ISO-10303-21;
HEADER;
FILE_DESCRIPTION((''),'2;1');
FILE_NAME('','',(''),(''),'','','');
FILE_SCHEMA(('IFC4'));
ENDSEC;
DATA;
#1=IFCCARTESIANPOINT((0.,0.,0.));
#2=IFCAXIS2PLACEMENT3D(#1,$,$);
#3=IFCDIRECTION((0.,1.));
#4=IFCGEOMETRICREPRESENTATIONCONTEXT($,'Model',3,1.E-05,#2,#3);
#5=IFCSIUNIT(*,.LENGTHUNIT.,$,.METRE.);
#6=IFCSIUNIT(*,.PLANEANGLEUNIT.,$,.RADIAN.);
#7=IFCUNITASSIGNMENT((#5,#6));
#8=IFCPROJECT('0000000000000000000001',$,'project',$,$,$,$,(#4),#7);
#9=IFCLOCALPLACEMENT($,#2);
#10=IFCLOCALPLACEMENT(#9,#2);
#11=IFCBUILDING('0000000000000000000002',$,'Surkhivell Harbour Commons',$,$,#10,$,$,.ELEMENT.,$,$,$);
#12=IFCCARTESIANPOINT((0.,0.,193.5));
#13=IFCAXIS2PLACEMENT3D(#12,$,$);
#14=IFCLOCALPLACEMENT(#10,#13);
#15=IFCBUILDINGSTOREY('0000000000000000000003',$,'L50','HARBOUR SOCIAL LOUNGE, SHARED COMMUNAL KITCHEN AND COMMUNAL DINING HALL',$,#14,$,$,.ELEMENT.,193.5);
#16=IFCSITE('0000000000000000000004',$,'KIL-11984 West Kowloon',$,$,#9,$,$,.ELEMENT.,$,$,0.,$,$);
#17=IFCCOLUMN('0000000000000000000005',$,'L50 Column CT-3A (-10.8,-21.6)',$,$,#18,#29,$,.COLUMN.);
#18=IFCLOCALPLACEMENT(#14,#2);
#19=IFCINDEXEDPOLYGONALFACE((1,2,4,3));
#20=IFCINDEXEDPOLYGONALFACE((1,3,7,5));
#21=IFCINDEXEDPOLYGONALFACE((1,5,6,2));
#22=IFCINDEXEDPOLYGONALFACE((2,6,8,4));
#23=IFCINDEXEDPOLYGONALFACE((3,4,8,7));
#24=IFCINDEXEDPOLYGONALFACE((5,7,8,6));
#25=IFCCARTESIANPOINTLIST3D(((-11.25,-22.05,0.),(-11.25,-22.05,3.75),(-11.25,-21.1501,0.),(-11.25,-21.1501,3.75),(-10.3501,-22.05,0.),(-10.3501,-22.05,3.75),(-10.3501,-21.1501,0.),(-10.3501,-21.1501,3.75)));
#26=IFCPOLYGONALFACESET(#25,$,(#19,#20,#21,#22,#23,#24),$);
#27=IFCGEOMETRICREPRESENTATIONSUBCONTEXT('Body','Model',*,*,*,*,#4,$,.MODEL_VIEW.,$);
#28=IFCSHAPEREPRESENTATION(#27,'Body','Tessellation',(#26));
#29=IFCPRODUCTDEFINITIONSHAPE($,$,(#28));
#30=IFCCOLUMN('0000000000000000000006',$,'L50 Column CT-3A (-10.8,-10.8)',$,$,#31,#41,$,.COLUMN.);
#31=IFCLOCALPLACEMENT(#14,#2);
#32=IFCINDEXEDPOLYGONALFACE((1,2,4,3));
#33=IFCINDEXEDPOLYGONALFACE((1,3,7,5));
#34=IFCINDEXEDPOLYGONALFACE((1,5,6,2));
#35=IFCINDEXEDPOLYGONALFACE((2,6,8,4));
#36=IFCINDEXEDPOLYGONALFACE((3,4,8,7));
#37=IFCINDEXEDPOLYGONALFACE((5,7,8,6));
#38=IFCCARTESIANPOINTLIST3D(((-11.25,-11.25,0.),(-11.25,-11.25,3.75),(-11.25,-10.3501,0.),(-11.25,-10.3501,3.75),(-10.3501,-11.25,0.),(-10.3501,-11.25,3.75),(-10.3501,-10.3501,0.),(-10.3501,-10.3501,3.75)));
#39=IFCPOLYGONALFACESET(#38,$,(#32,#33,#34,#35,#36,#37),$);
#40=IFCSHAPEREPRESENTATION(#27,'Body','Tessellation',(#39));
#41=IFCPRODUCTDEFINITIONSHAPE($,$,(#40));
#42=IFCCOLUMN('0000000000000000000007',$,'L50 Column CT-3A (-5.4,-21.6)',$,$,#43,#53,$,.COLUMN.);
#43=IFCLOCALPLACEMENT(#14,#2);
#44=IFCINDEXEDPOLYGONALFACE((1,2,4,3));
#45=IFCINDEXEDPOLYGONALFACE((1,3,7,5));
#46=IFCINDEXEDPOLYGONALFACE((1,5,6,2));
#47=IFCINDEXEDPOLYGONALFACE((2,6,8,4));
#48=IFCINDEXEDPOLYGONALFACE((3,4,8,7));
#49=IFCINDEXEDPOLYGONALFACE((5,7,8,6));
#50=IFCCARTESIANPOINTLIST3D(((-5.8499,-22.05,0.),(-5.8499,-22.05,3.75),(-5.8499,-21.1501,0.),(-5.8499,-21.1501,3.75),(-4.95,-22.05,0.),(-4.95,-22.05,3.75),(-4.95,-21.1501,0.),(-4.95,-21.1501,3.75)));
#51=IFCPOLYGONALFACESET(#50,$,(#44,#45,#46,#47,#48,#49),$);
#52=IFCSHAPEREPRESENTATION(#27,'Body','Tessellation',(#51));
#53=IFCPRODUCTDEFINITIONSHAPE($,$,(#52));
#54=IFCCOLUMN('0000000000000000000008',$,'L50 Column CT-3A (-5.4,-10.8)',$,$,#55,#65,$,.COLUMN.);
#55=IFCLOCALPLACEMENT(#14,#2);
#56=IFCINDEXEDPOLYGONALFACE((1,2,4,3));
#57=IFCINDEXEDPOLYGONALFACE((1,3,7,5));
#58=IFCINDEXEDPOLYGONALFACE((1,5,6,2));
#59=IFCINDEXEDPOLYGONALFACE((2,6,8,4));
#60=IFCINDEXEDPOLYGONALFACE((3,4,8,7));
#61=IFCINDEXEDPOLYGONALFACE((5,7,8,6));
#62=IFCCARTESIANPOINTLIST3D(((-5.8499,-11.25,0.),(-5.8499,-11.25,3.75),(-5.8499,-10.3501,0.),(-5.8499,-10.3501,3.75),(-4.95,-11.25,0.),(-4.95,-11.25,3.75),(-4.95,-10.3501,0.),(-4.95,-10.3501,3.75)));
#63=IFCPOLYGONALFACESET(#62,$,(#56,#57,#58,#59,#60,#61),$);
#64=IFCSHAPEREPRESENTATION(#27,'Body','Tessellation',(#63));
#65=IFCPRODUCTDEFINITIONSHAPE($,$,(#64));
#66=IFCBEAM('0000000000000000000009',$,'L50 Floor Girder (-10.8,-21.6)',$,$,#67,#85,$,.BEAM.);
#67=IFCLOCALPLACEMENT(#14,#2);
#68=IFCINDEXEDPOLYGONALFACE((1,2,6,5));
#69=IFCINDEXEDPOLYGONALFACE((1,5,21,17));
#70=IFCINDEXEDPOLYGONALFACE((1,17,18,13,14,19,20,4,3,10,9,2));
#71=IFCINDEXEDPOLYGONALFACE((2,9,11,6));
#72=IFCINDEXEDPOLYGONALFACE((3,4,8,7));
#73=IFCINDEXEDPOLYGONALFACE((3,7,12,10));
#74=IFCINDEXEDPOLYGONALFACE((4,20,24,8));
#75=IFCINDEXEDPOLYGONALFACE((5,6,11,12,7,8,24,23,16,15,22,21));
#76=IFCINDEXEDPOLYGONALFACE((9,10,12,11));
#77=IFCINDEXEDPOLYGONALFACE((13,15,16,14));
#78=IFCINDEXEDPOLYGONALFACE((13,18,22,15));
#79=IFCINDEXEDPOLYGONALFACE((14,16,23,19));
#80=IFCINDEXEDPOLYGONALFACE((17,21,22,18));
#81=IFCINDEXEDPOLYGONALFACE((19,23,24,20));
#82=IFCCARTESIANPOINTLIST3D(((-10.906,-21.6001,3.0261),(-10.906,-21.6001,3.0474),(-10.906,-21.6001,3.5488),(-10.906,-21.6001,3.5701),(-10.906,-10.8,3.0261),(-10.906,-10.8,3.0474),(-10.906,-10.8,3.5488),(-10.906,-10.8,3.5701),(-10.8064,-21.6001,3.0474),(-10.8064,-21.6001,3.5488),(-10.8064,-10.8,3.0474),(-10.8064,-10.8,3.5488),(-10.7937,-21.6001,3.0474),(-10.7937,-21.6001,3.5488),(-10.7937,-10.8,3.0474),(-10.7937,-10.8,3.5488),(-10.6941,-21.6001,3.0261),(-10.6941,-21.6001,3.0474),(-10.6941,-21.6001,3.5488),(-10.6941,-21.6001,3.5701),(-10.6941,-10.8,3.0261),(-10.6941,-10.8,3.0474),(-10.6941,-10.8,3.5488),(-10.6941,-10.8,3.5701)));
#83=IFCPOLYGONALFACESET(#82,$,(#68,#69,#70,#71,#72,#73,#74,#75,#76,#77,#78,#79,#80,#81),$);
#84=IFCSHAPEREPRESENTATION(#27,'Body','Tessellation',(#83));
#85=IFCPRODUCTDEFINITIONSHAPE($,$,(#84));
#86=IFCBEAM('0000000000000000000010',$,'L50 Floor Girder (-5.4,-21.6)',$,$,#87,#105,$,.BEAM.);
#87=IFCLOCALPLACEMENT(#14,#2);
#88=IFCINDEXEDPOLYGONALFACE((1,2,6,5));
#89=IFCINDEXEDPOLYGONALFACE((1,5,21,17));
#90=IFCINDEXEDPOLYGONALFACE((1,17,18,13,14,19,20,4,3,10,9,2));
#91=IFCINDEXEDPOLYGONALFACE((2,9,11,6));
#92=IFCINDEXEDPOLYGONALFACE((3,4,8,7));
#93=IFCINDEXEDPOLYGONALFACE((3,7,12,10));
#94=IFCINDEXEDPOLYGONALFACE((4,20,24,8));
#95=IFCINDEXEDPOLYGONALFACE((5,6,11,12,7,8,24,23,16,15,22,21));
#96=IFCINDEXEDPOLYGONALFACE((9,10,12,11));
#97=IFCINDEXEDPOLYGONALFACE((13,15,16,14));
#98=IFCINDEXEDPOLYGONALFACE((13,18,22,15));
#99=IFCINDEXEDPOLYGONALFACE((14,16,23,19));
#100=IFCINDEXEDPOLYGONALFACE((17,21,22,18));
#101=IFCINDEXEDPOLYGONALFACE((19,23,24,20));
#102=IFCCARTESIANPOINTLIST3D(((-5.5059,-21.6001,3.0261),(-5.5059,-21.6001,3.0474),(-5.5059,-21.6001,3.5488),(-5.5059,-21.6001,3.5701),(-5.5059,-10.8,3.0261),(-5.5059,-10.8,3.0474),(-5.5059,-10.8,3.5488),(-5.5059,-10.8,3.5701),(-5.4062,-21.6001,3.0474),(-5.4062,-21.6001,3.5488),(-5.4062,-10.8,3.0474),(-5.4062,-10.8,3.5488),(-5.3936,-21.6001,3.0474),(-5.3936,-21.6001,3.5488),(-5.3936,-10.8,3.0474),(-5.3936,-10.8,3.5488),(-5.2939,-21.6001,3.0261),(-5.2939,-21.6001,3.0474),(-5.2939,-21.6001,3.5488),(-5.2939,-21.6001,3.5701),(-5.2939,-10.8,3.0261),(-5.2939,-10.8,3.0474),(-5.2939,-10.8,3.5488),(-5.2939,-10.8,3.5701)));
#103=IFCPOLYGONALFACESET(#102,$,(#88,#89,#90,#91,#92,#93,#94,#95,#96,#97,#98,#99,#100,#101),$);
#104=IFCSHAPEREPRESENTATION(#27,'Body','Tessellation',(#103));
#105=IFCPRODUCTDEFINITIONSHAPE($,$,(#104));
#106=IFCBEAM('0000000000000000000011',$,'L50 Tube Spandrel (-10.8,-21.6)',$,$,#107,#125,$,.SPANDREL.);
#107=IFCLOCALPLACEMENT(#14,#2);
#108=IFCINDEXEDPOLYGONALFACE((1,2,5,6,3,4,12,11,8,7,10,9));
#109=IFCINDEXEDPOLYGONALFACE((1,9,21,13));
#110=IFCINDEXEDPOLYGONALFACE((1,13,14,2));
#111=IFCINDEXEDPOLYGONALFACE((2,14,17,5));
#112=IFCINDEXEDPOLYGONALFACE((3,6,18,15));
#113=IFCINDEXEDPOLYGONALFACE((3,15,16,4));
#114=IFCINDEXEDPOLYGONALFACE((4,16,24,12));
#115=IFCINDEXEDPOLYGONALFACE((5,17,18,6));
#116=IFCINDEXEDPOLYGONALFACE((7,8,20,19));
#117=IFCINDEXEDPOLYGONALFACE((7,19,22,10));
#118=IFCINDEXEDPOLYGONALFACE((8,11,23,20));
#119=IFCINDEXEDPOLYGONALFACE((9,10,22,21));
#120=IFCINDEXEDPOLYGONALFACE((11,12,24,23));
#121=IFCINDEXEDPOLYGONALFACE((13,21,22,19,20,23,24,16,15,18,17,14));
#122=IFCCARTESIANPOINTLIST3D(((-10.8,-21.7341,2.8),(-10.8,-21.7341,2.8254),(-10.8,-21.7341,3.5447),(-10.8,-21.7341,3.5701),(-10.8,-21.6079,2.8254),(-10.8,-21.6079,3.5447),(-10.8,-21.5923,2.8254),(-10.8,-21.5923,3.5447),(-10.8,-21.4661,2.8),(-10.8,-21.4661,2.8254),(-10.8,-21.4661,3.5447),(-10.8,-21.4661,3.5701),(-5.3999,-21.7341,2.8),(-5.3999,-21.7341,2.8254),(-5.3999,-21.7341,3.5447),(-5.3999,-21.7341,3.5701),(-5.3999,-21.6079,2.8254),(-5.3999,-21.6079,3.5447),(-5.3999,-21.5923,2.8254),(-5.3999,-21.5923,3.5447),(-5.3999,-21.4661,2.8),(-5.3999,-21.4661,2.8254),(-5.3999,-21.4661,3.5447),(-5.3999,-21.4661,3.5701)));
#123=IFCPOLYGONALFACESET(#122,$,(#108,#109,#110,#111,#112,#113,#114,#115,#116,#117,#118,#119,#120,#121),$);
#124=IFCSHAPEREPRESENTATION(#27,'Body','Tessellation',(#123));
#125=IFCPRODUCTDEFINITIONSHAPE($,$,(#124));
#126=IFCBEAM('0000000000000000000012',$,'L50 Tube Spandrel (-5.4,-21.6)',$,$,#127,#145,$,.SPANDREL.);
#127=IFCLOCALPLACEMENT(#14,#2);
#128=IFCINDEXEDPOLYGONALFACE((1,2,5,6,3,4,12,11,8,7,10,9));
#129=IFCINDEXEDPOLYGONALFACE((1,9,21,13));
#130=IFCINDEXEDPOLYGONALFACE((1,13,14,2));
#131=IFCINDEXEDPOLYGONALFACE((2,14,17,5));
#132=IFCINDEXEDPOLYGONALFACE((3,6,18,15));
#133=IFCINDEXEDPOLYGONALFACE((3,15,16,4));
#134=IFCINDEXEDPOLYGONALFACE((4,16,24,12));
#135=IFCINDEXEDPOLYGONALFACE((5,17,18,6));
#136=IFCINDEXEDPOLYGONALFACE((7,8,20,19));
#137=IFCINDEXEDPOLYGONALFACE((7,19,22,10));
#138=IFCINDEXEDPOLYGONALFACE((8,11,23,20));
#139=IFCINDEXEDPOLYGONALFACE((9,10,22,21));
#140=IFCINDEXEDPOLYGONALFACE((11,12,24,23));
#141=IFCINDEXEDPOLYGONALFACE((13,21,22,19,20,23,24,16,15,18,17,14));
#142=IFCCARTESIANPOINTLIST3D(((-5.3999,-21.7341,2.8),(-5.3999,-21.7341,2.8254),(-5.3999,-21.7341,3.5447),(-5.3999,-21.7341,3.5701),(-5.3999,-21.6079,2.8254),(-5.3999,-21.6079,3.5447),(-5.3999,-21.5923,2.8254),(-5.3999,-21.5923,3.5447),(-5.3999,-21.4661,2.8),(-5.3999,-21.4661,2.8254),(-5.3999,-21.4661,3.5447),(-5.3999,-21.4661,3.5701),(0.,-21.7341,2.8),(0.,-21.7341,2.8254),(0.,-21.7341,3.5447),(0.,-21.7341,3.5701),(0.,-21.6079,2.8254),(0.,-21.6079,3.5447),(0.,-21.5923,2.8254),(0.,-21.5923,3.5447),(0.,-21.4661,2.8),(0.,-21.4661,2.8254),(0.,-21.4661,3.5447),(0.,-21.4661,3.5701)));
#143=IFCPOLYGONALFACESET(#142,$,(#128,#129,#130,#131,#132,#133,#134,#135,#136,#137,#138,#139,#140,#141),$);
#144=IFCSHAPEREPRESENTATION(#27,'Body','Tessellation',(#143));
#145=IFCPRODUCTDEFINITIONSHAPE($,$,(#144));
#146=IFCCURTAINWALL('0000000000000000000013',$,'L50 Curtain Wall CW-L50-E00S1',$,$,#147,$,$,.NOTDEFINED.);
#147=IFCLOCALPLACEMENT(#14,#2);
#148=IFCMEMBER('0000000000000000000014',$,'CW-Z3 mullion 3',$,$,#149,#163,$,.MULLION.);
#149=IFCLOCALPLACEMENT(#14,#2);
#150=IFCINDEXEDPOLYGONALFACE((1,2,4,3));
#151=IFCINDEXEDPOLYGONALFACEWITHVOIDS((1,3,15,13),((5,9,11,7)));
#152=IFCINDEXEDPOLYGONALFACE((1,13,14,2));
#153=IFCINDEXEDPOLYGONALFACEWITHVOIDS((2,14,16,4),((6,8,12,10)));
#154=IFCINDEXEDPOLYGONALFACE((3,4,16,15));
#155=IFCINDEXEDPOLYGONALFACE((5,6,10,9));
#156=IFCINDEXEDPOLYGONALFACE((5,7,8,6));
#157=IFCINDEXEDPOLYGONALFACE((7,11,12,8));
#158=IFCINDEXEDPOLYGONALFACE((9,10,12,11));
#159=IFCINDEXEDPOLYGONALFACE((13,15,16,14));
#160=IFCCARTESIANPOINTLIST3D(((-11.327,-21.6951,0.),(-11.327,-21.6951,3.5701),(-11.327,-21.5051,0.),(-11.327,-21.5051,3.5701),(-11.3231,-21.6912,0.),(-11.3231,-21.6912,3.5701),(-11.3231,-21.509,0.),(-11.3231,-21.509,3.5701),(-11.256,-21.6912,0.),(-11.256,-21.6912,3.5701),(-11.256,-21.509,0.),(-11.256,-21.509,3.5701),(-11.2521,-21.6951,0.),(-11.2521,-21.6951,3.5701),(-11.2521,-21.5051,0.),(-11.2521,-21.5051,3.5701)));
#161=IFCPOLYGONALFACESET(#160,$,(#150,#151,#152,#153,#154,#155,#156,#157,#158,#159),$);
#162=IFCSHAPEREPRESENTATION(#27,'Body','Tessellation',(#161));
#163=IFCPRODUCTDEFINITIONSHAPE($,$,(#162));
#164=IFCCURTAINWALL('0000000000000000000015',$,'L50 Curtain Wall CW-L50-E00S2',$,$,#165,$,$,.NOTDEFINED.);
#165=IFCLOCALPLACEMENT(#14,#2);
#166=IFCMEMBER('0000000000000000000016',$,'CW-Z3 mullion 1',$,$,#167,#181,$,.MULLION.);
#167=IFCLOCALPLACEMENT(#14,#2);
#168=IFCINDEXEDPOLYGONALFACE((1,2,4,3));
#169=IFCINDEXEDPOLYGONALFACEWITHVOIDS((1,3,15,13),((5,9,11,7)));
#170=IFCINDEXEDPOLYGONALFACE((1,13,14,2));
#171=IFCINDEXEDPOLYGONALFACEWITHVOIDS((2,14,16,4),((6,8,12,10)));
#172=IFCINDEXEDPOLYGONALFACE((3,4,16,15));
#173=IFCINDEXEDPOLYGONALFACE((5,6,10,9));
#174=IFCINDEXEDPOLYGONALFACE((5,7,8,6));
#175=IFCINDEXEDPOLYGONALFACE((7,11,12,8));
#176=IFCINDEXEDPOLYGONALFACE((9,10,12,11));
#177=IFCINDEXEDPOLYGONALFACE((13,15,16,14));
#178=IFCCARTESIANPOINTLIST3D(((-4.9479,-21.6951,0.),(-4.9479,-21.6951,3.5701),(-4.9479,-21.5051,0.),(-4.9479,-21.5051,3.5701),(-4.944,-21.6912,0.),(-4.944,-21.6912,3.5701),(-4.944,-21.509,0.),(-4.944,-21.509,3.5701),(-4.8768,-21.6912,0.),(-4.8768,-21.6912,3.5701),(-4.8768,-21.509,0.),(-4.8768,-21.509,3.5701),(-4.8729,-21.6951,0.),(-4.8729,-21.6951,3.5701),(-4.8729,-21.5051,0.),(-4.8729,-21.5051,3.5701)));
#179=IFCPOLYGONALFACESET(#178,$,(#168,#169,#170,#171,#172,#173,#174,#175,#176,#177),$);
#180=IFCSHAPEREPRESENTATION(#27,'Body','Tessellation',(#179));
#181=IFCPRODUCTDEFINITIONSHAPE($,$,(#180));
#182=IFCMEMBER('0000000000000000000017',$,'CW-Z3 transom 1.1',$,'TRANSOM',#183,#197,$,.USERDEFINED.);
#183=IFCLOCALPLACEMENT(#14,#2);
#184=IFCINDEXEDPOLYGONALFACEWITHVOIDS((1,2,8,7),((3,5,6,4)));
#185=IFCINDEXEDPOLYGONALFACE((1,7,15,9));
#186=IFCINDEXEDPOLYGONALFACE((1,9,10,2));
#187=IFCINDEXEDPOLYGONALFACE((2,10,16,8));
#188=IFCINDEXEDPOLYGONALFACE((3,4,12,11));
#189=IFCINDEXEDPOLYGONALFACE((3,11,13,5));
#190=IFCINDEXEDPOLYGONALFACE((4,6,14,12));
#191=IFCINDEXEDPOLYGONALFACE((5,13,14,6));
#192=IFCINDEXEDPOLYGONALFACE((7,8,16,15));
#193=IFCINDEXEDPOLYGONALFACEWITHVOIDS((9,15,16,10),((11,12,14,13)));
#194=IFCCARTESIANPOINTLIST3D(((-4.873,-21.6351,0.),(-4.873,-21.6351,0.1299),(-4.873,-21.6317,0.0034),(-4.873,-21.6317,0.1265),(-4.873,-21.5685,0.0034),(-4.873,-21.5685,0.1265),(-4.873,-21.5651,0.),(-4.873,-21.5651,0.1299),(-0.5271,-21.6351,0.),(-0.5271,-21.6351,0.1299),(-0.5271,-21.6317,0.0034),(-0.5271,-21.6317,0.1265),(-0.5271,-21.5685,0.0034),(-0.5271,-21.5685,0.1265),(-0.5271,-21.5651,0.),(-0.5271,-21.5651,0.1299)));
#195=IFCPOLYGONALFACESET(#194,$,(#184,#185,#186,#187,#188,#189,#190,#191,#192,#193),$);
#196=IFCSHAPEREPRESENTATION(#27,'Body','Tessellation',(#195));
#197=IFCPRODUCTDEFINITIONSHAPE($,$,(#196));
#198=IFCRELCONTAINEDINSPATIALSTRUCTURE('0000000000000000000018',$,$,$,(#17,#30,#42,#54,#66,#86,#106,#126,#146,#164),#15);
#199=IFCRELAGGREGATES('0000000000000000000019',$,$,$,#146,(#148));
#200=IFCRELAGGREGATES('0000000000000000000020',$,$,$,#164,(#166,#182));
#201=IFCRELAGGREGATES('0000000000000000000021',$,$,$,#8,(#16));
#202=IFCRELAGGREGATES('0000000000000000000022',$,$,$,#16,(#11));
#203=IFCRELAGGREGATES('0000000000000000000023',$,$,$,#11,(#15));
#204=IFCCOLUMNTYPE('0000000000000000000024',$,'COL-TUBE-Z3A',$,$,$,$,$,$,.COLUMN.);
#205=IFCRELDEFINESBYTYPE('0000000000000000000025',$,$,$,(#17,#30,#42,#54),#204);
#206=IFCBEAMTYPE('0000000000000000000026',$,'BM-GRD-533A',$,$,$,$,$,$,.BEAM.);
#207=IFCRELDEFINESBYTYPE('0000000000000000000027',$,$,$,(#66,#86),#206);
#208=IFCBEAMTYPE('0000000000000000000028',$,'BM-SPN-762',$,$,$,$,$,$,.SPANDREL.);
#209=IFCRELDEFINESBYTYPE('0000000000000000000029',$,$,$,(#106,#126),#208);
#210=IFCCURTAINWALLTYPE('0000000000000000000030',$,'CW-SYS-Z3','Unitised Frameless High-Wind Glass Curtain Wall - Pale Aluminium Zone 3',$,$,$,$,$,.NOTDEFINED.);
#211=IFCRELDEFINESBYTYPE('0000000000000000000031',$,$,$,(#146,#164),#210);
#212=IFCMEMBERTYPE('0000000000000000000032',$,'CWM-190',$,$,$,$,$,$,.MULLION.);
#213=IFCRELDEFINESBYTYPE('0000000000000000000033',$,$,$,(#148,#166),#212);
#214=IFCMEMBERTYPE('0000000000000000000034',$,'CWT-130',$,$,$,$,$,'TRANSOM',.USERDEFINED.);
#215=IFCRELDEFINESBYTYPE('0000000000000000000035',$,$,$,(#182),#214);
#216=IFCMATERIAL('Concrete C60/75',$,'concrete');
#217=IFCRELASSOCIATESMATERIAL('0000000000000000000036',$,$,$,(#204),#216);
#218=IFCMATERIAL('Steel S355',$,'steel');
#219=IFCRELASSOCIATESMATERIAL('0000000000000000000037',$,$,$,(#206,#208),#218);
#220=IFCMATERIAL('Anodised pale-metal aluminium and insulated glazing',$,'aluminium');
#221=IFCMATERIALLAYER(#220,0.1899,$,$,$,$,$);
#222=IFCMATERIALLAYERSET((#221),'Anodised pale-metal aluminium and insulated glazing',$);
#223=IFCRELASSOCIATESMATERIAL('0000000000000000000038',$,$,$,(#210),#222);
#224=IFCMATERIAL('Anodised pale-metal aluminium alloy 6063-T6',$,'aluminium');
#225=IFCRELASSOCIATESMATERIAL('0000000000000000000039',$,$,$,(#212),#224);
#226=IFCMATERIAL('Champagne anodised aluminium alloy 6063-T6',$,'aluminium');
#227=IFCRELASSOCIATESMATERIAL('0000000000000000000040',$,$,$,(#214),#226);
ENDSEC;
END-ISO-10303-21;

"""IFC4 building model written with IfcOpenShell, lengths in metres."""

from ifc_helpers import new_model, si_unit, direction, frame, origin, origin_2d, place, context, subcontext, project, spatial, rectangle, hollow_rectangle, i_section, extrude, material, layer, layer_set, material_profile, profile_set, type_object, element, aggregate, save


model = new_model("IFC4")

# Units and contexts
model_context = context("Model", 3, precision=1e-05, world=origin(), true_north=direction((0.0, 1.0)))
body_context = subcontext(model_context, "Body", "Model", "MODEL_VIEW")
ifc_project = project(units=[si_unit("LENGTHUNIT", "METRE"), si_unit("PLANEANGLEUNIT", "RADIAN")], contexts=[model_context])

# Site, building, storey
site_placement = place(None, origin())
site = spatial("IfcSite", under=ifc_project, at=site_placement, Name="KIL-11984 West Kowloon", CompositionType="ELEMENT", RefElevation=0.0)
building_placement = place(site_placement, origin())
building = spatial("IfcBuilding", under=site, at=building_placement, Name="Surkhivell Harbour Commons", CompositionType="ELEMENT")
storey_placement = place(building_placement, frame((0.0, 0.0, 193.5)))
storey = spatial("IfcBuildingStorey", under=building, at=storey_placement, Name="L50", Description="HARBOUR SOCIAL LOUNGE, SHARED COMMUNAL KITCHEN AND COMMUNAL DINING HALL", CompositionType="ELEMENT", Elevation=193.5)

# Columns
ifc_material_1 = material(Name="Concrete C60/75", Category="concrete")
ifc_material_profile_1 = material_profile(ifc_material_1, rectangle(XDim=0.8999, YDim=0.8999, at=origin_2d()), Name="RC-COL-900x900")
ifc_profile_set_1 = profile_set([ifc_material_profile_1], Name="Concrete C60/75")
column_type = type_object("IfcColumnType", Name="COL-TUBE-Z3A", PredefinedType="COLUMN", material=ifc_profile_set_1)
for number, where, z_axis, x_axis, name in (
    (1, (-10.8, -21.6001, 0.0), (0.0, 0.0, 1.0), (1.0, 0.0, 0.0), "L50 Column CT-3A (-10.8,-21.6)"),
    (2, (-10.8, -10.8, 0.0), (0.0, 0.0, 1.0), (1.0, 0.0, 0.0), "L50 Column CT-3A (-10.8,-10.8)"),
    (3, (-5.3999, -21.6001, 0.0), (0.0, 0.0, 1.0), (1.0, 0.0, 0.0), "L50 Column CT-3A (-5.4,-21.6)"),
    (4, (-5.3999, -10.8, 0.0), (0.0, 0.0, 1.0), (1.0, 0.0, 0.0), "L50 Column CT-3A (-5.4,-10.8)"),
):
    element("IfcColumn", number, at=place(storey_placement, frame(where, z_axis=z_axis, x_axis=x_axis)), inside=storey, type_object=column_type, Name=name, PredefinedType="COLUMN", context=body_context, shape_type="SweptSolid", body=[
        extrude(rectangle(XDim=0.8999, YDim=0.8999, at=origin_2d()), origin(), (0.0, 0.0, 1.0), 3.75),
    ])

# Beams
ifc_material_2 = material(Name="Steel S355", Category="steel")
ifc_material_profile_2 = material_profile(ifc_material_2, i_section(OverallWidth=0.2119, OverallDepth=0.5439, WebThickness=0.0127, FlangeThickness=0.0212, at=origin_2d()), Name="UB533x210x122")
ifc_profile_set_2 = profile_set([ifc_material_profile_2], Name="Steel S355")
beam_type_1 = type_object("IfcBeamType", Name="BM-GRD-533A", PredefinedType="BEAM", material=ifc_profile_set_2)
for number, where, z_axis, x_axis, name in (
    (5, (-10.8, -21.6001, 3.2981), (0.0, 1.0, 0.0), (-1.0, 0.0, 0.0), "L50 Floor Girder (-10.8,-21.6)"),
    (6, (-5.3999, -21.6001, 3.2981), (0.0, 1.0, 0.0), (-1.0, 0.0, 0.0), "L50 Floor Girder (-5.4,-21.6)"),
):
    element("IfcBeam", number, at=place(storey_placement, frame(where, z_axis=z_axis, x_axis=x_axis)), inside=storey, type_object=beam_type_1, Name=name, PredefinedType="BEAM", context=body_context, shape_type="SweptSolid", body=[
        extrude(i_section(OverallWidth=0.2119, OverallDepth=0.5439, WebThickness=0.0127, FlangeThickness=0.0212, at=origin_2d()), origin(), (0.0, 0.0, 1.0), 10.8),
    ])
ifc_material_profile_3 = material_profile(ifc_material_2, i_section(OverallWidth=0.2681, OverallDepth=0.77, WebThickness=0.0156, FlangeThickness=0.0254, at=origin_2d()), Name="UB762x267x197")
ifc_profile_set_3 = profile_set([ifc_material_profile_3], Name="Steel S355")
beam_type_2 = type_object("IfcBeamType", Name="BM-SPN-762", PredefinedType="SPANDREL", material=ifc_profile_set_3)
beam_1_placement = place(storey_placement, frame((-10.8, -21.6001, 3.1851), z_axis=(1.0, 0.0, 0.0), x_axis=(0.0, 1.0, 0.0)))
element("IfcBeam", 7, at=beam_1_placement, inside=storey, type_object=beam_type_2, Name="L50 Tube Spandrel (-10.8,-21.6)", PredefinedType="SPANDREL", context=body_context, shape_type="SweptSolid", body=[
    extrude(i_section(OverallWidth=0.2681, OverallDepth=0.77, WebThickness=0.0156, FlangeThickness=0.0254, at=origin_2d()), origin(), (0.0, 0.0, 1.0), 5.4001),
])
beam_2_placement = place(storey_placement, frame((-5.3999, -21.6001, 3.1851), z_axis=(1.0, 0.0, 0.0), x_axis=(0.0, 1.0, 0.0)))
element("IfcBeam", 8, at=beam_2_placement, inside=storey, type_object=beam_type_2, Name="L50 Tube Spandrel (-5.4,-21.6)", PredefinedType="SPANDREL", context=body_context, shape_type="SweptSolid", body=[
    extrude(i_section(OverallWidth=0.2681, OverallDepth=0.77, WebThickness=0.0156, FlangeThickness=0.0254, at=origin_2d()), origin(), (0.0, 0.0, 1.0), 5.3999),
])

# Curtain wall, member
ifc_material_3 = material(Name="Anodised pale-metal aluminium and insulated glazing", Category="aluminium")
ifc_layer_1 = layer(ifc_material_3, 0.1899)
ifc_layer_set_1 = layer_set([ifc_layer_1], Name="Anodised pale-metal aluminium and insulated glazing")
curtain_wall_type = type_object("IfcCurtainWallType", Name="CW-SYS-Z3", Description="Unitised Frameless High-Wind Glass Curtain Wall - Pale Aluminium Zone 3", PredefinedType="NOTDEFINED", material=ifc_layer_set_1)
curtain_wall_1_placement = place(storey_placement, origin())
curtain_wall_1 = element("IfcCurtainWall", 9, at=curtain_wall_1_placement, inside=storey, type_object=curtain_wall_type, Name="L50 Curtain Wall CW-L50-E00S1", PredefinedType="NOTDEFINED")
ifc_material_4 = material(Name="Anodised pale-metal aluminium alloy 6063-T6", Category="aluminium")
ifc_material_profile_4 = material_profile(ifc_material_4, hollow_rectangle(XDim=0.075, YDim=0.1899, WallThickness=0.0039, at=origin_2d()), Name="ALU-MULL-75x190")
ifc_profile_set_4 = profile_set([ifc_material_profile_4], Name="Anodised pale-metal aluminium alloy 6063-T6")
member_type_1 = type_object("IfcMemberType", Name="CWM-190", PredefinedType="MULLION", material=ifc_profile_set_4)
member_1_placement = place(storey_placement, frame((-11.2896, -21.6001, 0.0), z_axis=(0.0, 0.0, 1.0), x_axis=(1.0, 0.0, 0.0)))
member_1 = element("IfcMember", 10, at=member_1_placement, type_object=member_type_1, Name="CW-Z3 mullion 3", PredefinedType="MULLION", context=body_context, shape_type="SweptSolid", body=[
    extrude(hollow_rectangle(XDim=0.075, YDim=0.1899, WallThickness=0.0039, at=origin_2d()), origin(), (0.0, 0.0, 1.0), 3.5701),
])
aggregate(curtain_wall_1, [member_1])

# Curtain wall, members
curtain_wall_2_placement = place(storey_placement, origin())
curtain_wall_2 = element("IfcCurtainWall", 11, at=curtain_wall_2_placement, inside=storey, type_object=curtain_wall_type, Name="L50 Curtain Wall CW-L50-E00S2", PredefinedType="NOTDEFINED")
member_2_placement = place(storey_placement, frame((-4.9104, -21.6001, 0.0), z_axis=(0.0, 0.0, 1.0), x_axis=(1.0, 0.0, 0.0)))
member_2 = element("IfcMember", 12, at=member_2_placement, type_object=member_type_1, Name="CW-Z3 mullion 1", PredefinedType="MULLION", context=body_context, shape_type="SweptSolid", body=[
    extrude(hollow_rectangle(XDim=0.075, YDim=0.1899, WallThickness=0.0039, at=origin_2d()), origin(), (0.0, 0.0, 1.0), 3.5701),
])
ifc_material_5 = material(Name="Champagne anodised aluminium alloy 6063-T6", Category="aluminium")
ifc_material_profile_5 = material_profile(ifc_material_5, hollow_rectangle(XDim=0.0701, YDim=0.1299, WallThickness=0.0034, at=origin_2d()), Name="ALU-TRAN-70x130")
ifc_profile_set_5 = profile_set([ifc_material_profile_5], Name="Champagne anodised aluminium alloy 6063-T6")
member_type_2 = type_object("IfcMemberType", Name="CWT-130", ElementType="TRANSOM", PredefinedType="USERDEFINED", material=ifc_profile_set_5)
member_3_placement = place(storey_placement, frame((-4.873, -21.6001, 0.0649), z_axis=(1.0, 0.0, 0.0), x_axis=(0.0, 1.0, 0.0)))
member_3 = element("IfcMember", 13, at=member_3_placement, type_object=member_type_2, Name="CW-Z3 transom 1.1", ObjectType="TRANSOM", PredefinedType="USERDEFINED", context=body_context, shape_type="SweptSolid", body=[
    extrude(hollow_rectangle(XDim=0.0701, YDim=0.1299, WallThickness=0.0034, at=origin_2d()), origin(), (0.0, 0.0, 1.0), 4.3459),
])

aggregate(curtain_wall_2, [member_2, member_3])

save(model, "model.ifc")
